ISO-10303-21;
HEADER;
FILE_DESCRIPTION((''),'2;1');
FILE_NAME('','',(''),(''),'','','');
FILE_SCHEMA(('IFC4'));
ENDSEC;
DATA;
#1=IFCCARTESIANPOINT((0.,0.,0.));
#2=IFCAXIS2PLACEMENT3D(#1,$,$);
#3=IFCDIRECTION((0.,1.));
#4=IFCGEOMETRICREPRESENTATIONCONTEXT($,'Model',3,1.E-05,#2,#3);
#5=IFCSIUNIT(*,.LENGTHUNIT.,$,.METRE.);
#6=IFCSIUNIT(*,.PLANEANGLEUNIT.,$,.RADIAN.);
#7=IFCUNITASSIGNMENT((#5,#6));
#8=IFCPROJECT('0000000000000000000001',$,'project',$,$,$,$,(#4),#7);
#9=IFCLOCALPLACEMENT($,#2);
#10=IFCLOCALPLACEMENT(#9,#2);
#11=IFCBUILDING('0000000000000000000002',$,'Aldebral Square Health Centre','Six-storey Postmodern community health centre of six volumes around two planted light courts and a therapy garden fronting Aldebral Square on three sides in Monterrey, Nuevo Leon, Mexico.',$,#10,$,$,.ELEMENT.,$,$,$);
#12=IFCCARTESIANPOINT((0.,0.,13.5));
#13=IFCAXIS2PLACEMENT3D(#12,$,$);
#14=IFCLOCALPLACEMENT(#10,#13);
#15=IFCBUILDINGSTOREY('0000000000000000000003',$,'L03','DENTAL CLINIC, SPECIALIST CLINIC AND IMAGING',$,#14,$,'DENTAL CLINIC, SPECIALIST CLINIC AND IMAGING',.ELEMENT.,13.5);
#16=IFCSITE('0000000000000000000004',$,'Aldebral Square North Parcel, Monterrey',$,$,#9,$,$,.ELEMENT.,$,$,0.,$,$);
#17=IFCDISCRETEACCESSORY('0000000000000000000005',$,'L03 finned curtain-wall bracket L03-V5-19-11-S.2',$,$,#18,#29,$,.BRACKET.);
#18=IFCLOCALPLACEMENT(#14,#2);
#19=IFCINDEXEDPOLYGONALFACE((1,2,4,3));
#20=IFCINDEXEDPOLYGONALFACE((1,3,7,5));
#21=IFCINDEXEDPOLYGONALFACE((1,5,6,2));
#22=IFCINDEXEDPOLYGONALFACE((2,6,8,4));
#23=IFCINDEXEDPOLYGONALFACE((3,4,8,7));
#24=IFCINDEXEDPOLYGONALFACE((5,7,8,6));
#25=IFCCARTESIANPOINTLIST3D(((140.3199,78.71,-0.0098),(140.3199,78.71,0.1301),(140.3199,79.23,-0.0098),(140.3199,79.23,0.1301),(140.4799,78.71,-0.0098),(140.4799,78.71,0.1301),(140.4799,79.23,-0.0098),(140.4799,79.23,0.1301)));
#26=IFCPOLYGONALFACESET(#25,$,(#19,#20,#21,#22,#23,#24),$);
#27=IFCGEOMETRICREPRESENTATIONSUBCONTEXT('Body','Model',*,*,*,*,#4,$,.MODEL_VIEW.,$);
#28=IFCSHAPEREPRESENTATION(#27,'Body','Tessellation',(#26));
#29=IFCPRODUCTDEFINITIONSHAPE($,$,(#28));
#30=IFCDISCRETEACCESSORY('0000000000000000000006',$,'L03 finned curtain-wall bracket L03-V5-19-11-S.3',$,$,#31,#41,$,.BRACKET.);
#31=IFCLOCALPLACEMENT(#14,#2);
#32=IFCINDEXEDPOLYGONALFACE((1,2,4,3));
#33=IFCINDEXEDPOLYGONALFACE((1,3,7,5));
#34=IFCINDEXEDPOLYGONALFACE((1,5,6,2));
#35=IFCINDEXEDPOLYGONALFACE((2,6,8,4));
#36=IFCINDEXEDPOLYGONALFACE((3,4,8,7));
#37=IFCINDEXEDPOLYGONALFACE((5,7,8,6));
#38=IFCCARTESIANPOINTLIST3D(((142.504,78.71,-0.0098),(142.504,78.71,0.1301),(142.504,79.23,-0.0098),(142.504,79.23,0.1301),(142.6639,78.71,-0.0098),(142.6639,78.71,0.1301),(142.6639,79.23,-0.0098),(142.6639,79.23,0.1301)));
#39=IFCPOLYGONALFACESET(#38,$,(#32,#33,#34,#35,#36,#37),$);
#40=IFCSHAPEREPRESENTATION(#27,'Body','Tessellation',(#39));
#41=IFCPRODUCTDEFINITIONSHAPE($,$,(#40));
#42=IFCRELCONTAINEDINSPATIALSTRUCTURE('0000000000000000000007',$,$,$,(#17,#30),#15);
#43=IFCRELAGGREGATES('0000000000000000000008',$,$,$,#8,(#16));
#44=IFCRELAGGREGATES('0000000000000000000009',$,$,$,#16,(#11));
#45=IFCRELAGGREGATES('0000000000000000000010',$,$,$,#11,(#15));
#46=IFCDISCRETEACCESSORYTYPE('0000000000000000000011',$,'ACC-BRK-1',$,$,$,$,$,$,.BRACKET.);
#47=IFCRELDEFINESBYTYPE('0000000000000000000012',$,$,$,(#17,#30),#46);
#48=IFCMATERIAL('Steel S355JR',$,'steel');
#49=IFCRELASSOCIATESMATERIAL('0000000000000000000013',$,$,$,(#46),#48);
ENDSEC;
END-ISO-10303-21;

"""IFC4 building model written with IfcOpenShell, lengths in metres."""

from ifc_helpers import new_model, si_unit, direction, frame, origin, origin_2d, place, context, subcontext, project, spatial, rectangle, extrude, material, type_object, element, save


model = new_model("IFC4")

# Units and contexts
model_context = context("Model", 3, precision=1e-05, world=origin(), true_north=direction((0.0, 1.0)))
body_context = subcontext(model_context, "Body", "Model", "MODEL_VIEW")
ifc_project = project(units=[si_unit("LENGTHUNIT", "METRE"), si_unit("PLANEANGLEUNIT", "RADIAN")], contexts=[model_context])

# Site, building, storey
site_placement = place(None, origin())
site = spatial("IfcSite", under=ifc_project, at=site_placement, Name="Aldebral Square North Parcel, Monterrey", CompositionType="ELEMENT", RefElevation=0.0)
building_placement = place(site_placement, origin())
building = spatial("IfcBuilding", under=site, at=building_placement, Name="Aldebral Square Health Centre", Description="Six-storey Postmodern community health centre of six volumes around two planted light courts and a therapy garden fronting Aldebral Square on three sides in Monterrey, Nuevo Leon, Mexico.", CompositionType="ELEMENT")
storey_placement = place(building_placement, frame((0.0, 0.0, 13.5)))
storey = spatial("IfcBuildingStorey", under=building, at=storey_placement, Name="L03", Description="DENTAL CLINIC, SPECIALIST CLINIC AND IMAGING", LongName="DENTAL CLINIC, SPECIALIST CLINIC AND IMAGING", CompositionType="ELEMENT", Elevation=13.5)

# Discrete accessories
ifc_material_1 = material(Name="Steel S355JR", Category="steel")
discrete_accessory_type = type_object("IfcDiscreteAccessoryType", Name="ACC-BRK-1", PredefinedType="BRACKET", material=ifc_material_1)
for number, where, z_axis, x_axis, name in (
    (1, (140.3999, 78.97, -0.0098), (0.0, 0.0, 1.0), (1.0, 0.0, 0.0), "L03 finned curtain-wall bracket L03-V5-19-11-S.2"),
    (2, (142.584, 78.97, -0.0098), (0.0, 0.0, 1.0), (1.0, 0.0, 0.0), "L03 finned curtain-wall bracket L03-V5-19-11-S.3"),
):
    element("IfcDiscreteAccessory", number, at=place(storey_placement, frame(where, z_axis=z_axis, x_axis=x_axis)), inside=storey, type_object=discrete_accessory_type, Name=name, PredefinedType="BRACKET", context=body_context, shape_type="SweptSolid", body=[
        extrude(rectangle(XDim=0.1599, YDim=0.52, at=origin_2d()), origin(), (0.0, 0.0, 1.0), 0.1399),
    ])

save(model, "model.ifc")
